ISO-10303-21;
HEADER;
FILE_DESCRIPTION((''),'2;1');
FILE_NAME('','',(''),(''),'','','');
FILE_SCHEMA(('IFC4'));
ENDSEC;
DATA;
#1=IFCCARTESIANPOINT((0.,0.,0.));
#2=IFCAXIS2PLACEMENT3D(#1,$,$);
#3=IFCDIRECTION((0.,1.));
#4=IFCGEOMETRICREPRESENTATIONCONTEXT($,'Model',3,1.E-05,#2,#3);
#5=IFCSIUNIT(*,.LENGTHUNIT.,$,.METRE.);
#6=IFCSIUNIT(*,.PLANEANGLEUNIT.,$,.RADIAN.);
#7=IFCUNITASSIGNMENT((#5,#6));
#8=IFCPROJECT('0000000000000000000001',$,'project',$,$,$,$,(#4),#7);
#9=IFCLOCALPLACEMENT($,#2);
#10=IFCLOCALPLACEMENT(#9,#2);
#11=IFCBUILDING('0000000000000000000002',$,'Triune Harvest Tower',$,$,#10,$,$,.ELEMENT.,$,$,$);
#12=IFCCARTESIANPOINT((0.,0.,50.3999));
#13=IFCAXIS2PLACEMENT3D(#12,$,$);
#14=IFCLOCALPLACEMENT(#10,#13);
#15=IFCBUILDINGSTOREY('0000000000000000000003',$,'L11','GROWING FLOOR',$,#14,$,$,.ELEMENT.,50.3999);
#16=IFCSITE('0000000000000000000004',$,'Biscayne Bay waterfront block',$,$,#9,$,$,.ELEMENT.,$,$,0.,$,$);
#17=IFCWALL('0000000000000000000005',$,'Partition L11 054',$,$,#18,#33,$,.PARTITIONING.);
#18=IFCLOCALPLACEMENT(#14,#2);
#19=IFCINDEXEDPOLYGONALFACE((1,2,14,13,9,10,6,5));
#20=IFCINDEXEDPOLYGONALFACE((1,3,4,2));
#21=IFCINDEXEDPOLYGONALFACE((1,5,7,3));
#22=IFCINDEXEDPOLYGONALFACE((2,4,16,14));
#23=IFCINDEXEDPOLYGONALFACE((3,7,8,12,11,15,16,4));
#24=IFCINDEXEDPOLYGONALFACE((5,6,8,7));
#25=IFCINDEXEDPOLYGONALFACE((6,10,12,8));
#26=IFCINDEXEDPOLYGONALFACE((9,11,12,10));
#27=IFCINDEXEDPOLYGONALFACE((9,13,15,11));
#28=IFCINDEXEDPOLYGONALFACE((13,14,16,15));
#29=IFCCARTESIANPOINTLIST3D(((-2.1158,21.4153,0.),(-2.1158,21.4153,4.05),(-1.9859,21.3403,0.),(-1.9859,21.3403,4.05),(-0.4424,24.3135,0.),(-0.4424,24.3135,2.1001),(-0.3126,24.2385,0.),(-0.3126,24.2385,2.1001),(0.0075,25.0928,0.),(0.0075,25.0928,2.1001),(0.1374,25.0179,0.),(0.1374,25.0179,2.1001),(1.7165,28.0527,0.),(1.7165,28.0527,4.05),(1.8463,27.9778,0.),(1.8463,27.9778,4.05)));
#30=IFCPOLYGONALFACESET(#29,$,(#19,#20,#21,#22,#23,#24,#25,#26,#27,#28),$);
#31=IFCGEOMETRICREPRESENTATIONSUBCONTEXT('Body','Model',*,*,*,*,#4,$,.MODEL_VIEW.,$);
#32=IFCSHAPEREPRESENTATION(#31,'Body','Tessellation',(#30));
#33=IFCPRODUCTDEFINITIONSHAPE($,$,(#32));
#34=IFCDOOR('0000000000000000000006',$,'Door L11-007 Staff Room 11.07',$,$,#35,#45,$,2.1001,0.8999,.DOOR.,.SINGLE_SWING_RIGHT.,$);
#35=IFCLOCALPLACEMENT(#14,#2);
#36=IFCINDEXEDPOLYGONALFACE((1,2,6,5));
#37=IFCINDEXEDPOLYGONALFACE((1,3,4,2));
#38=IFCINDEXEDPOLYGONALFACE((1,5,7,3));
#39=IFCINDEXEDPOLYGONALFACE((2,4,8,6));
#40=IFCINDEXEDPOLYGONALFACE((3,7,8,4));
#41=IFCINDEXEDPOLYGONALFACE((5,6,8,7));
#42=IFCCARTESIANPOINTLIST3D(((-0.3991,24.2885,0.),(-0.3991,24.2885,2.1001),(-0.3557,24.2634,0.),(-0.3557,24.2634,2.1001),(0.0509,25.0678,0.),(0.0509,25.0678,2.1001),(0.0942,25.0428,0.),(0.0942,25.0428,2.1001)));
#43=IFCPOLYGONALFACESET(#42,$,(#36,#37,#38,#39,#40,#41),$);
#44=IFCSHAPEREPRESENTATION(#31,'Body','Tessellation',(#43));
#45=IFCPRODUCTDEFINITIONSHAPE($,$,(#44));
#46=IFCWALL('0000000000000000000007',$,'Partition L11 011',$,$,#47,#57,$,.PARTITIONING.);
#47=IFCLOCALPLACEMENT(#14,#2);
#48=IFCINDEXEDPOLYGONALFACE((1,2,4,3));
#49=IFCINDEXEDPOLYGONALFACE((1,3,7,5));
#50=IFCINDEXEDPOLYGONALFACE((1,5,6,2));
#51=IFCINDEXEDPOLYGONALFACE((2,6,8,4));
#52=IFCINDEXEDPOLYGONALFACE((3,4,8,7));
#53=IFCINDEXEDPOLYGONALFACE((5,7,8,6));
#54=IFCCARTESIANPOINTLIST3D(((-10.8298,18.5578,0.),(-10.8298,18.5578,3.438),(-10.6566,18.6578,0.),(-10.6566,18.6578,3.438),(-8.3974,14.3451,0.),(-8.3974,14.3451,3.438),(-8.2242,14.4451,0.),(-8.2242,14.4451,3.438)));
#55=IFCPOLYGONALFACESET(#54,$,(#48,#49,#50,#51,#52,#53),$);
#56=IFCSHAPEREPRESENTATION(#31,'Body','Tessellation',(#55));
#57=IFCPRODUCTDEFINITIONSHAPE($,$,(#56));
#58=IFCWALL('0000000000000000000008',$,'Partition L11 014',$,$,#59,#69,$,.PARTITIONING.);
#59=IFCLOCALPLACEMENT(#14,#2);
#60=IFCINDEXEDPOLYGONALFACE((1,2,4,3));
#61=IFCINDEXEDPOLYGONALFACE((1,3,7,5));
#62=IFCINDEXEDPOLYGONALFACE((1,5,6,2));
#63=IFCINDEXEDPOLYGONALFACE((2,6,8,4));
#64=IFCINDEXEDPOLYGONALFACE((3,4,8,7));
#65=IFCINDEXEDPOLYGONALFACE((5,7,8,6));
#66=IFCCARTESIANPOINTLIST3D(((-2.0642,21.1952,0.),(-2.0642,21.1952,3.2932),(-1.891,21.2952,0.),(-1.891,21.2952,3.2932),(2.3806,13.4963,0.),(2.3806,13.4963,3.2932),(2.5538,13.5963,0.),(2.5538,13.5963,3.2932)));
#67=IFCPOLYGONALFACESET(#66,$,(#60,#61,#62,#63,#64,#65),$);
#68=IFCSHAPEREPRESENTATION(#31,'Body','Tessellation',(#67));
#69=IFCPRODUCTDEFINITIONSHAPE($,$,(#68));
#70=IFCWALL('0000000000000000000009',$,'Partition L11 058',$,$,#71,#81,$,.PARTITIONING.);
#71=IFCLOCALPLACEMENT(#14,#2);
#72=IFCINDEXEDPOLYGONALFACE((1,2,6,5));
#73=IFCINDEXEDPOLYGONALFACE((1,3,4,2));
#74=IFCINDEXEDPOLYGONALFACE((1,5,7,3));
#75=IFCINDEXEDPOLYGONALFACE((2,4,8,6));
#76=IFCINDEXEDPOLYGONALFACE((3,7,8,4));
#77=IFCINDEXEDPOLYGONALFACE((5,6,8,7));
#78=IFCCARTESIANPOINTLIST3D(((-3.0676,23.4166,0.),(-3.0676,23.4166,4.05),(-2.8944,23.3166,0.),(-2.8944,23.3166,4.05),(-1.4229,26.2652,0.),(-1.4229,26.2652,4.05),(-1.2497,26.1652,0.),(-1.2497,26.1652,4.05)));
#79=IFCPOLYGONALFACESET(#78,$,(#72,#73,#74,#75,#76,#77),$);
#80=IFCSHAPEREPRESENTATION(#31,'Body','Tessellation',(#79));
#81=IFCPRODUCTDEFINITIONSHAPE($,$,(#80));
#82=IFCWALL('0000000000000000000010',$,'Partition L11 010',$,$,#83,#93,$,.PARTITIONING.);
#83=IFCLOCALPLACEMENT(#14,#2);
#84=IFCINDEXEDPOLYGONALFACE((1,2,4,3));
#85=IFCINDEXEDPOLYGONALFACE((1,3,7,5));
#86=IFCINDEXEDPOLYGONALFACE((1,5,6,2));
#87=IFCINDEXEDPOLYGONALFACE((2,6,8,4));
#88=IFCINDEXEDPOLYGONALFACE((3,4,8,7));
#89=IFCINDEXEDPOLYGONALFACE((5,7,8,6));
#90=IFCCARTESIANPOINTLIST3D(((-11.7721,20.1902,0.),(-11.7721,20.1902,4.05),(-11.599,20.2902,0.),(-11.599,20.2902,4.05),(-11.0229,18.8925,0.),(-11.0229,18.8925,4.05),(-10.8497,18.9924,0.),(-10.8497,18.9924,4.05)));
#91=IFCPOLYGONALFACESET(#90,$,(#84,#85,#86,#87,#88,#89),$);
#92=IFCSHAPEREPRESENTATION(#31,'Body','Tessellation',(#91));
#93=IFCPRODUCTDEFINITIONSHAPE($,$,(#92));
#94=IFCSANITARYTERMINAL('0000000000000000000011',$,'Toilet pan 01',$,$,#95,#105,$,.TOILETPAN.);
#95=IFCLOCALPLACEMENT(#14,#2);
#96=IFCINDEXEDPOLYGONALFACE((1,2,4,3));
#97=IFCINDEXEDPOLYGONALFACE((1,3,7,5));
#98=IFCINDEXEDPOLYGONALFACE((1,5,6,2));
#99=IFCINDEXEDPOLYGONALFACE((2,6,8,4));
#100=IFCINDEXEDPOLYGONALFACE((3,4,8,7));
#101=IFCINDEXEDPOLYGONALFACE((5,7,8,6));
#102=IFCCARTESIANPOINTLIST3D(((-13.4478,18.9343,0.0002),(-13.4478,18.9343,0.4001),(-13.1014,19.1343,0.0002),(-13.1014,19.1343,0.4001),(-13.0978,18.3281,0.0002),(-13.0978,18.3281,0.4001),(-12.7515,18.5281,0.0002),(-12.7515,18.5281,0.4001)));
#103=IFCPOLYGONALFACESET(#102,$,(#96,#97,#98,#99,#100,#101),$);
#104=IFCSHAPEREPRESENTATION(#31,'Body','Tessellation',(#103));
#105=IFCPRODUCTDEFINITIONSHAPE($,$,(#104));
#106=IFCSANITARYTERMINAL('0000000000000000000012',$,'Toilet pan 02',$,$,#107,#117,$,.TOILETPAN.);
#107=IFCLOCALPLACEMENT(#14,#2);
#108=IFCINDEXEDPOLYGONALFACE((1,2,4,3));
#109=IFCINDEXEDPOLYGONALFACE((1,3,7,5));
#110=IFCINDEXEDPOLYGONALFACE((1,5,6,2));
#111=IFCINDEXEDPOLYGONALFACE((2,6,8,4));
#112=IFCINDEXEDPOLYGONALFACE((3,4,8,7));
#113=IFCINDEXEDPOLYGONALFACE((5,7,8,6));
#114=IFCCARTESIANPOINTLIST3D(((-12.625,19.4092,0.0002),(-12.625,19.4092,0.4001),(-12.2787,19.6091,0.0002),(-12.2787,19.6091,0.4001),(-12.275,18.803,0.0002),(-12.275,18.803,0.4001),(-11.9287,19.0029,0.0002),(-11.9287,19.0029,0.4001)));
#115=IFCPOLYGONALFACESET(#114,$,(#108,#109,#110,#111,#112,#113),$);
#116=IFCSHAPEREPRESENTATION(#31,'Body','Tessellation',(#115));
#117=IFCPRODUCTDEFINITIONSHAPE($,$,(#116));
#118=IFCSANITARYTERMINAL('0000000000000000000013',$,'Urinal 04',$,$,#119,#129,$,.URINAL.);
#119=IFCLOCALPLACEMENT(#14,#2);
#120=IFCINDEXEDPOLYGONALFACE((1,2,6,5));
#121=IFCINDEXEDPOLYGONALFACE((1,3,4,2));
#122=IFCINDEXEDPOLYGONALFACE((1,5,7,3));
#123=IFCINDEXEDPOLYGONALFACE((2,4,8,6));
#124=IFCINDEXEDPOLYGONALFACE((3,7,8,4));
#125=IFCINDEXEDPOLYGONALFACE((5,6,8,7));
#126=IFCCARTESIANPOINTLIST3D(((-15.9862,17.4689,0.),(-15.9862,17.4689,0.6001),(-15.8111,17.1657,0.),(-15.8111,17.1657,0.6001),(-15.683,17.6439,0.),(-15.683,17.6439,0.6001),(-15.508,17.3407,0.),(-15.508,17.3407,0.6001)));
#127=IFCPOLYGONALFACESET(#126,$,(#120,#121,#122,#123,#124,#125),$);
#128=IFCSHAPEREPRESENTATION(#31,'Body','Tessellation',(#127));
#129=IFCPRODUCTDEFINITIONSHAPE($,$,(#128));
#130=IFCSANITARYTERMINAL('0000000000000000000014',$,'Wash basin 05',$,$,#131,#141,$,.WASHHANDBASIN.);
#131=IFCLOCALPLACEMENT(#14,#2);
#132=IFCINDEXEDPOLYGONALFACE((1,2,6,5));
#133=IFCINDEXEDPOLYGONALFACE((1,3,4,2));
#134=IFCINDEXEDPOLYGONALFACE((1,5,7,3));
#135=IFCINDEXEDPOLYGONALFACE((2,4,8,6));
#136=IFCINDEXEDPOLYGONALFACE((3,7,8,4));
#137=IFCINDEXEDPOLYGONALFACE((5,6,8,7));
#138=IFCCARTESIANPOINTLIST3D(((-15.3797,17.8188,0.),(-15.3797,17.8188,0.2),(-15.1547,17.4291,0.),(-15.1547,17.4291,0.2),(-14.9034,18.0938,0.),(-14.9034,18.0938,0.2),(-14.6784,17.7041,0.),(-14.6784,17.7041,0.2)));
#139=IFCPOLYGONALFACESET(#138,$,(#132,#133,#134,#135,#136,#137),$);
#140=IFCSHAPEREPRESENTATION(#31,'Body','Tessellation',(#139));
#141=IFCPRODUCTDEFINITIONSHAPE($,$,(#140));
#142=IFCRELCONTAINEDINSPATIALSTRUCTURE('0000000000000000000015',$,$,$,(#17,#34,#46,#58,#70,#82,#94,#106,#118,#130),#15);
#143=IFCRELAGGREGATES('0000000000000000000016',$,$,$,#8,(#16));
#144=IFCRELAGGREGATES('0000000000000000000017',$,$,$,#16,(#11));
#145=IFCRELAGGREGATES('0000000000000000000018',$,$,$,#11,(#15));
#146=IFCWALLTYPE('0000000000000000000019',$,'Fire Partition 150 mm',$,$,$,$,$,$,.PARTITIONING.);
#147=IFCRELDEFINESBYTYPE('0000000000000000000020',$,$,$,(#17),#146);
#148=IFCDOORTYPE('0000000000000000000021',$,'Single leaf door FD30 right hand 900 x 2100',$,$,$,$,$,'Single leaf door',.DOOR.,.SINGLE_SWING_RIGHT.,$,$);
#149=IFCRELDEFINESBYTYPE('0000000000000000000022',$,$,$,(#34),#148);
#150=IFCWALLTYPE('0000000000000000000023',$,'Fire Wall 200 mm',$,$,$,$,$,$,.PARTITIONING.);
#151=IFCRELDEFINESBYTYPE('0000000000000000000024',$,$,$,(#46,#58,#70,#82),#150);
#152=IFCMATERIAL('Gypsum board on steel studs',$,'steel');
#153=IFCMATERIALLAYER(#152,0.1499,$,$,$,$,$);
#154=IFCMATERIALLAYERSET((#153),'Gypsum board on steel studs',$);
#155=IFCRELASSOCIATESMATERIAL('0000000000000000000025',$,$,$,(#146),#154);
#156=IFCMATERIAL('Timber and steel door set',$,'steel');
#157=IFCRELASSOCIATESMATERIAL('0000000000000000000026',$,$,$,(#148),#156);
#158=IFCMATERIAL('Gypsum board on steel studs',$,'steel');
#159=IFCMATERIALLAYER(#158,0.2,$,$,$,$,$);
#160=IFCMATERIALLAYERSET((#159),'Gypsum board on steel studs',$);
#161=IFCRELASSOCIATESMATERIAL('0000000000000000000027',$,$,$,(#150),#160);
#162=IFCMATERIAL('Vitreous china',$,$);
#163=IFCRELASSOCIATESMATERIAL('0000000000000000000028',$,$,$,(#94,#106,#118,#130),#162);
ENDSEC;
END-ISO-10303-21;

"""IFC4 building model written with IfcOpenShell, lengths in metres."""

from ifc_helpers import new_model, si_unit, direction, frame, frame_2d, origin, origin_2d, place, context, subcontext, project, spatial, rectangle, extrude, source, transform, mapped, material, layer, layer_set, type_object, element, fill, save


model = new_model("IFC4")

# Units and contexts
model_context = context("Model", 3, precision=1e-05, world=origin(), true_north=direction((0.0, 1.0)))
body_context = subcontext(model_context, "Body", "Model", "MODEL_VIEW")
ifc_project = project(units=[si_unit("LENGTHUNIT", "METRE"), si_unit("PLANEANGLEUNIT", "RADIAN")], contexts=[model_context])

# Site, building, storey
site_placement = place(None, origin())
site = spatial("IfcSite", under=ifc_project, at=site_placement, Name="Biscayne Bay waterfront block", CompositionType="ELEMENT", RefElevation=0.0)
building_placement = place(site_placement, origin())
building = spatial("IfcBuilding", under=site, at=building_placement, Name="Triune Harvest Tower", CompositionType="ELEMENT")
storey_placement = place(building_placement, frame((0.0, 0.0, 50.3999)))
storey = spatial("IfcBuildingStorey", under=building, at=storey_placement, Name="L11", Description="GROWING FLOOR", CompositionType="ELEMENT", Elevation=50.3999)

# Shared definitions
ifc_material_1 = material(Name="Gypsum board on steel studs", Category="steel")
ifc_layer_1 = layer(ifc_material_1, 0.1499)
ifc_layer_set_1 = layer_set([ifc_layer_1], Name="Gypsum board on steel studs")
wall_type_1 = type_object("IfcWallType", Name="Fire Partition 150 mm", PredefinedType="PARTITIONING", material=ifc_layer_set_1)

# Wall, opening, door
wall_1_placement = place(storey_placement, frame((-2.0508, 21.3779, 0.0), z_axis=(0.0, 0.0, 1.0), x_axis=(0.500014, 0.866017, 0.0)))
wall_1 = element("IfcWall", 1, at=wall_1_placement, inside=storey, type_object=wall_type_1, Name="Partition L11 054", PredefinedType="PARTITIONING", context=body_context, shape_type="SweptSolid", body=[
    extrude(rectangle(XDim=7.6643, YDim=0.1499, at=frame_2d((3.832, 0.0))), origin(), (0.0, 0.0, 1.0), 4.05),
])
opening_placement = place(wall_1_placement, frame((3.3464, 0.0, 0.0)))
opening = element("IfcOpeningElement", 2, at=opening_placement, cuts=wall_1, PredefinedType="OPENING", context=body_context, shape_type="SweptSolid", body=[
    extrude(rectangle(XDim=0.8999, YDim=2.1001, at=frame_2d((0.45, 1.05))), frame((0.0, 0.085, 0.0), z_axis=(0.0, -1.0, 0.0), x_axis=(1.0, 0.0, 0.0)), (0.0, 0.0, 1.0), 0.1699),
])
ifc_material_2 = material(Name="Timber and steel door set", Category="steel")
door_type = type_object("IfcDoorType", Name="Single leaf door FD30 right hand 900 x 2100", ElementType="Single leaf door", OperationType="SINGLE_SWING_RIGHT", PredefinedType="DOOR", material=ifc_material_2)
door_placement = place(opening_placement, origin())
door = element("IfcDoor", 3, at=door_placement, inside=storey, type_object=door_type, Name="Door L11-007 Staff Room 11.07", OperationType="SINGLE_SWING_RIGHT", OverallHeight=2.1001, OverallWidth=0.8999, PredefinedType="DOOR", context=body_context, shape_type="SweptSolid", body=[
    extrude(rectangle(XDim=0.8999, YDim=2.1001, at=frame_2d((0.45, 1.05))), frame((0.0, 0.0249, 0.0), z_axis=(0.0, -1.0, 0.0), x_axis=(1.0, 0.0, 0.0)), (0.0, 0.0, 1.0), 0.05),
])
fill(opening, door)

# Walls
ifc_material_3 = material(Name="Gypsum board on steel studs", Category="steel")
ifc_layer_2 = layer(ifc_material_3, 0.2)
ifc_layer_set_2 = layer_set([ifc_layer_2], Name="Gypsum board on steel studs")
wall_type_2 = type_object("IfcWallType", Name="Fire Wall 200 mm", PredefinedType="PARTITIONING", material=ifc_layer_set_2)
wall_2_placement = place(storey_placement, frame((-10.7432, 18.6077, 0.0), z_axis=(0.0, 0.0, 1.0), x_axis=(0.500031, -0.866008, 0.0)))
element("IfcWall", 4, at=wall_2_placement, inside=storey, type_object=wall_type_2, Name="Partition L11 011", PredefinedType="PARTITIONING", context=body_context, shape_type="SweptSolid", body=[
    extrude(rectangle(XDim=4.8645, YDim=0.2, at=frame_2d((2.4321, 0.0))), origin(), (0.0, 0.0, 1.0), 3.438),
])
wall_3_placement = place(storey_placement, frame((-1.9775, 21.2451, 0.0), z_axis=(0.0, 0.0, 1.0), x_axis=(0.499985, -0.866034, 0.0)))
element("IfcWall", 5, at=wall_3_placement, inside=storey, type_object=wall_type_2, Name="Partition L11 014", PredefinedType="PARTITIONING", context=body_context, shape_type="SweptSolid", body=[
    extrude(rectangle(XDim=8.8899, YDim=0.2, at=frame_2d((4.4448, 0.0))), origin(), (0.0, 0.0, 1.0), 3.2932),
])
wall_4_placement = place(storey_placement, frame((-2.981, 23.3667, 0.0), z_axis=(0.0, 0.0, 1.0), x_axis=(0.500027, 0.86601, 0.0)))
element("IfcWall", 6, at=wall_4_placement, inside=storey, type_object=wall_type_2, Name="Partition L11 058", PredefinedType="PARTITIONING", context=body_context, shape_type="SweptSolid", body=[
    extrude(rectangle(XDim=3.2893, YDim=0.2, at=frame_2d((1.6445, 0.0))), origin(), (0.0, 0.0, 1.0), 4.05),
])
shared_shape_1 = source(origin(), body_context, "Body", "SweptSolid", [
    extrude(rectangle(XDim=1.4985, YDim=0.2, at=frame_2d((0.7493, 0.0))), origin(), (0.0, 0.0, 1.0), 4.05),
])
wall_5_placement = place(storey_placement, frame((-11.6855, 20.2402, 0.0), z_axis=(0.0, 0.0, 1.0), x_axis=(0.499976, -0.866039, 0.0)))
element("IfcWall", 7, at=wall_5_placement, inside=storey, type_object=wall_type_2, Name="Partition L11 010", PredefinedType="PARTITIONING", context=body_context, shape_type="MappedRepresentation", body=[
    mapped(shared_shape_1, transform((0.0, 0.0, 0.0), scale=1.0)),
])

# Sanitary terminals
ifc_material_4 = material(Name="Vitreous china")
shared_shape_2 = source(origin(), body_context, "Body", "SweptSolid", [
    extrude(rectangle(XDim=0.3999, YDim=0.7, at=origin_2d()), origin(), (0.0, 0.0, 1.0), 0.3999),
])
for number, where, z_axis, x_axis, name in (
    (8, (-13.0996, 18.7312, 0.0002), (0.0, 0.0, 1.0), (0.866025, 0.5, 0.0), "Toilet pan 01"),
    (9, (-12.2769, 19.2061, 0.0002), (0.0, 0.0, 1.0), (0.866025, 0.5, 0.0), "Toilet pan 02"),
):
    element("IfcSanitaryTerminal", number, at=place(storey_placement, frame(where, z_axis=z_axis, x_axis=x_axis)), inside=storey, material=ifc_material_4, Name=name, PredefinedType="TOILETPAN", context=body_context, shape_type="MappedRepresentation", body=[
        mapped(shared_shape_2, transform((0.0, 0.0, 0.0), scale=1.0)),
    ])
shared_shape_3 = source(origin(), body_context, "Body", "SweptSolid", [
    extrude(rectangle(XDim=0.3501, YDim=0.3501, at=origin_2d()), origin(), (0.0, 0.0, 1.0), 0.6001),
])
sanitary_terminal_1_placement = place(storey_placement, frame((-15.7471, 17.4048, 0.0), z_axis=(0.0, 0.0, 1.0), x_axis=(0.866034, 0.499985, 0.0)))
element("IfcSanitaryTerminal", 10, at=sanitary_terminal_1_placement, inside=storey, material=ifc_material_4, Name="Urinal 04", PredefinedType="URINAL", context=body_context, shape_type="MappedRepresentation", body=[
    mapped(shared_shape_3, transform((0.0, 0.0, 0.0), scale=1.0)),
])
shared_shape_4 = source(origin(), body_context, "Body", "SweptSolid", [
    extrude(rectangle(XDim=0.55, YDim=0.45, at=origin_2d()), origin(), (0.0, 0.0, 1.0), 0.2),
])
sanitary_terminal_2_placement = place(storey_placement, frame((-15.0291, 17.7615, 0.0), z_axis=(0.0, 0.0, 1.0), x_axis=(0.866034, 0.499985, 0.0)))
element("IfcSanitaryTerminal", 11, at=sanitary_terminal_2_placement, inside=storey, material=ifc_material_4, Name="Wash basin 05", PredefinedType="WASHHANDBASIN", context=body_context, shape_type="MappedRepresentation", body=[
    mapped(shared_shape_4, transform((0.0, 0.0, 0.0), scale=1.0)),
])

save(model, "model.ifc")
